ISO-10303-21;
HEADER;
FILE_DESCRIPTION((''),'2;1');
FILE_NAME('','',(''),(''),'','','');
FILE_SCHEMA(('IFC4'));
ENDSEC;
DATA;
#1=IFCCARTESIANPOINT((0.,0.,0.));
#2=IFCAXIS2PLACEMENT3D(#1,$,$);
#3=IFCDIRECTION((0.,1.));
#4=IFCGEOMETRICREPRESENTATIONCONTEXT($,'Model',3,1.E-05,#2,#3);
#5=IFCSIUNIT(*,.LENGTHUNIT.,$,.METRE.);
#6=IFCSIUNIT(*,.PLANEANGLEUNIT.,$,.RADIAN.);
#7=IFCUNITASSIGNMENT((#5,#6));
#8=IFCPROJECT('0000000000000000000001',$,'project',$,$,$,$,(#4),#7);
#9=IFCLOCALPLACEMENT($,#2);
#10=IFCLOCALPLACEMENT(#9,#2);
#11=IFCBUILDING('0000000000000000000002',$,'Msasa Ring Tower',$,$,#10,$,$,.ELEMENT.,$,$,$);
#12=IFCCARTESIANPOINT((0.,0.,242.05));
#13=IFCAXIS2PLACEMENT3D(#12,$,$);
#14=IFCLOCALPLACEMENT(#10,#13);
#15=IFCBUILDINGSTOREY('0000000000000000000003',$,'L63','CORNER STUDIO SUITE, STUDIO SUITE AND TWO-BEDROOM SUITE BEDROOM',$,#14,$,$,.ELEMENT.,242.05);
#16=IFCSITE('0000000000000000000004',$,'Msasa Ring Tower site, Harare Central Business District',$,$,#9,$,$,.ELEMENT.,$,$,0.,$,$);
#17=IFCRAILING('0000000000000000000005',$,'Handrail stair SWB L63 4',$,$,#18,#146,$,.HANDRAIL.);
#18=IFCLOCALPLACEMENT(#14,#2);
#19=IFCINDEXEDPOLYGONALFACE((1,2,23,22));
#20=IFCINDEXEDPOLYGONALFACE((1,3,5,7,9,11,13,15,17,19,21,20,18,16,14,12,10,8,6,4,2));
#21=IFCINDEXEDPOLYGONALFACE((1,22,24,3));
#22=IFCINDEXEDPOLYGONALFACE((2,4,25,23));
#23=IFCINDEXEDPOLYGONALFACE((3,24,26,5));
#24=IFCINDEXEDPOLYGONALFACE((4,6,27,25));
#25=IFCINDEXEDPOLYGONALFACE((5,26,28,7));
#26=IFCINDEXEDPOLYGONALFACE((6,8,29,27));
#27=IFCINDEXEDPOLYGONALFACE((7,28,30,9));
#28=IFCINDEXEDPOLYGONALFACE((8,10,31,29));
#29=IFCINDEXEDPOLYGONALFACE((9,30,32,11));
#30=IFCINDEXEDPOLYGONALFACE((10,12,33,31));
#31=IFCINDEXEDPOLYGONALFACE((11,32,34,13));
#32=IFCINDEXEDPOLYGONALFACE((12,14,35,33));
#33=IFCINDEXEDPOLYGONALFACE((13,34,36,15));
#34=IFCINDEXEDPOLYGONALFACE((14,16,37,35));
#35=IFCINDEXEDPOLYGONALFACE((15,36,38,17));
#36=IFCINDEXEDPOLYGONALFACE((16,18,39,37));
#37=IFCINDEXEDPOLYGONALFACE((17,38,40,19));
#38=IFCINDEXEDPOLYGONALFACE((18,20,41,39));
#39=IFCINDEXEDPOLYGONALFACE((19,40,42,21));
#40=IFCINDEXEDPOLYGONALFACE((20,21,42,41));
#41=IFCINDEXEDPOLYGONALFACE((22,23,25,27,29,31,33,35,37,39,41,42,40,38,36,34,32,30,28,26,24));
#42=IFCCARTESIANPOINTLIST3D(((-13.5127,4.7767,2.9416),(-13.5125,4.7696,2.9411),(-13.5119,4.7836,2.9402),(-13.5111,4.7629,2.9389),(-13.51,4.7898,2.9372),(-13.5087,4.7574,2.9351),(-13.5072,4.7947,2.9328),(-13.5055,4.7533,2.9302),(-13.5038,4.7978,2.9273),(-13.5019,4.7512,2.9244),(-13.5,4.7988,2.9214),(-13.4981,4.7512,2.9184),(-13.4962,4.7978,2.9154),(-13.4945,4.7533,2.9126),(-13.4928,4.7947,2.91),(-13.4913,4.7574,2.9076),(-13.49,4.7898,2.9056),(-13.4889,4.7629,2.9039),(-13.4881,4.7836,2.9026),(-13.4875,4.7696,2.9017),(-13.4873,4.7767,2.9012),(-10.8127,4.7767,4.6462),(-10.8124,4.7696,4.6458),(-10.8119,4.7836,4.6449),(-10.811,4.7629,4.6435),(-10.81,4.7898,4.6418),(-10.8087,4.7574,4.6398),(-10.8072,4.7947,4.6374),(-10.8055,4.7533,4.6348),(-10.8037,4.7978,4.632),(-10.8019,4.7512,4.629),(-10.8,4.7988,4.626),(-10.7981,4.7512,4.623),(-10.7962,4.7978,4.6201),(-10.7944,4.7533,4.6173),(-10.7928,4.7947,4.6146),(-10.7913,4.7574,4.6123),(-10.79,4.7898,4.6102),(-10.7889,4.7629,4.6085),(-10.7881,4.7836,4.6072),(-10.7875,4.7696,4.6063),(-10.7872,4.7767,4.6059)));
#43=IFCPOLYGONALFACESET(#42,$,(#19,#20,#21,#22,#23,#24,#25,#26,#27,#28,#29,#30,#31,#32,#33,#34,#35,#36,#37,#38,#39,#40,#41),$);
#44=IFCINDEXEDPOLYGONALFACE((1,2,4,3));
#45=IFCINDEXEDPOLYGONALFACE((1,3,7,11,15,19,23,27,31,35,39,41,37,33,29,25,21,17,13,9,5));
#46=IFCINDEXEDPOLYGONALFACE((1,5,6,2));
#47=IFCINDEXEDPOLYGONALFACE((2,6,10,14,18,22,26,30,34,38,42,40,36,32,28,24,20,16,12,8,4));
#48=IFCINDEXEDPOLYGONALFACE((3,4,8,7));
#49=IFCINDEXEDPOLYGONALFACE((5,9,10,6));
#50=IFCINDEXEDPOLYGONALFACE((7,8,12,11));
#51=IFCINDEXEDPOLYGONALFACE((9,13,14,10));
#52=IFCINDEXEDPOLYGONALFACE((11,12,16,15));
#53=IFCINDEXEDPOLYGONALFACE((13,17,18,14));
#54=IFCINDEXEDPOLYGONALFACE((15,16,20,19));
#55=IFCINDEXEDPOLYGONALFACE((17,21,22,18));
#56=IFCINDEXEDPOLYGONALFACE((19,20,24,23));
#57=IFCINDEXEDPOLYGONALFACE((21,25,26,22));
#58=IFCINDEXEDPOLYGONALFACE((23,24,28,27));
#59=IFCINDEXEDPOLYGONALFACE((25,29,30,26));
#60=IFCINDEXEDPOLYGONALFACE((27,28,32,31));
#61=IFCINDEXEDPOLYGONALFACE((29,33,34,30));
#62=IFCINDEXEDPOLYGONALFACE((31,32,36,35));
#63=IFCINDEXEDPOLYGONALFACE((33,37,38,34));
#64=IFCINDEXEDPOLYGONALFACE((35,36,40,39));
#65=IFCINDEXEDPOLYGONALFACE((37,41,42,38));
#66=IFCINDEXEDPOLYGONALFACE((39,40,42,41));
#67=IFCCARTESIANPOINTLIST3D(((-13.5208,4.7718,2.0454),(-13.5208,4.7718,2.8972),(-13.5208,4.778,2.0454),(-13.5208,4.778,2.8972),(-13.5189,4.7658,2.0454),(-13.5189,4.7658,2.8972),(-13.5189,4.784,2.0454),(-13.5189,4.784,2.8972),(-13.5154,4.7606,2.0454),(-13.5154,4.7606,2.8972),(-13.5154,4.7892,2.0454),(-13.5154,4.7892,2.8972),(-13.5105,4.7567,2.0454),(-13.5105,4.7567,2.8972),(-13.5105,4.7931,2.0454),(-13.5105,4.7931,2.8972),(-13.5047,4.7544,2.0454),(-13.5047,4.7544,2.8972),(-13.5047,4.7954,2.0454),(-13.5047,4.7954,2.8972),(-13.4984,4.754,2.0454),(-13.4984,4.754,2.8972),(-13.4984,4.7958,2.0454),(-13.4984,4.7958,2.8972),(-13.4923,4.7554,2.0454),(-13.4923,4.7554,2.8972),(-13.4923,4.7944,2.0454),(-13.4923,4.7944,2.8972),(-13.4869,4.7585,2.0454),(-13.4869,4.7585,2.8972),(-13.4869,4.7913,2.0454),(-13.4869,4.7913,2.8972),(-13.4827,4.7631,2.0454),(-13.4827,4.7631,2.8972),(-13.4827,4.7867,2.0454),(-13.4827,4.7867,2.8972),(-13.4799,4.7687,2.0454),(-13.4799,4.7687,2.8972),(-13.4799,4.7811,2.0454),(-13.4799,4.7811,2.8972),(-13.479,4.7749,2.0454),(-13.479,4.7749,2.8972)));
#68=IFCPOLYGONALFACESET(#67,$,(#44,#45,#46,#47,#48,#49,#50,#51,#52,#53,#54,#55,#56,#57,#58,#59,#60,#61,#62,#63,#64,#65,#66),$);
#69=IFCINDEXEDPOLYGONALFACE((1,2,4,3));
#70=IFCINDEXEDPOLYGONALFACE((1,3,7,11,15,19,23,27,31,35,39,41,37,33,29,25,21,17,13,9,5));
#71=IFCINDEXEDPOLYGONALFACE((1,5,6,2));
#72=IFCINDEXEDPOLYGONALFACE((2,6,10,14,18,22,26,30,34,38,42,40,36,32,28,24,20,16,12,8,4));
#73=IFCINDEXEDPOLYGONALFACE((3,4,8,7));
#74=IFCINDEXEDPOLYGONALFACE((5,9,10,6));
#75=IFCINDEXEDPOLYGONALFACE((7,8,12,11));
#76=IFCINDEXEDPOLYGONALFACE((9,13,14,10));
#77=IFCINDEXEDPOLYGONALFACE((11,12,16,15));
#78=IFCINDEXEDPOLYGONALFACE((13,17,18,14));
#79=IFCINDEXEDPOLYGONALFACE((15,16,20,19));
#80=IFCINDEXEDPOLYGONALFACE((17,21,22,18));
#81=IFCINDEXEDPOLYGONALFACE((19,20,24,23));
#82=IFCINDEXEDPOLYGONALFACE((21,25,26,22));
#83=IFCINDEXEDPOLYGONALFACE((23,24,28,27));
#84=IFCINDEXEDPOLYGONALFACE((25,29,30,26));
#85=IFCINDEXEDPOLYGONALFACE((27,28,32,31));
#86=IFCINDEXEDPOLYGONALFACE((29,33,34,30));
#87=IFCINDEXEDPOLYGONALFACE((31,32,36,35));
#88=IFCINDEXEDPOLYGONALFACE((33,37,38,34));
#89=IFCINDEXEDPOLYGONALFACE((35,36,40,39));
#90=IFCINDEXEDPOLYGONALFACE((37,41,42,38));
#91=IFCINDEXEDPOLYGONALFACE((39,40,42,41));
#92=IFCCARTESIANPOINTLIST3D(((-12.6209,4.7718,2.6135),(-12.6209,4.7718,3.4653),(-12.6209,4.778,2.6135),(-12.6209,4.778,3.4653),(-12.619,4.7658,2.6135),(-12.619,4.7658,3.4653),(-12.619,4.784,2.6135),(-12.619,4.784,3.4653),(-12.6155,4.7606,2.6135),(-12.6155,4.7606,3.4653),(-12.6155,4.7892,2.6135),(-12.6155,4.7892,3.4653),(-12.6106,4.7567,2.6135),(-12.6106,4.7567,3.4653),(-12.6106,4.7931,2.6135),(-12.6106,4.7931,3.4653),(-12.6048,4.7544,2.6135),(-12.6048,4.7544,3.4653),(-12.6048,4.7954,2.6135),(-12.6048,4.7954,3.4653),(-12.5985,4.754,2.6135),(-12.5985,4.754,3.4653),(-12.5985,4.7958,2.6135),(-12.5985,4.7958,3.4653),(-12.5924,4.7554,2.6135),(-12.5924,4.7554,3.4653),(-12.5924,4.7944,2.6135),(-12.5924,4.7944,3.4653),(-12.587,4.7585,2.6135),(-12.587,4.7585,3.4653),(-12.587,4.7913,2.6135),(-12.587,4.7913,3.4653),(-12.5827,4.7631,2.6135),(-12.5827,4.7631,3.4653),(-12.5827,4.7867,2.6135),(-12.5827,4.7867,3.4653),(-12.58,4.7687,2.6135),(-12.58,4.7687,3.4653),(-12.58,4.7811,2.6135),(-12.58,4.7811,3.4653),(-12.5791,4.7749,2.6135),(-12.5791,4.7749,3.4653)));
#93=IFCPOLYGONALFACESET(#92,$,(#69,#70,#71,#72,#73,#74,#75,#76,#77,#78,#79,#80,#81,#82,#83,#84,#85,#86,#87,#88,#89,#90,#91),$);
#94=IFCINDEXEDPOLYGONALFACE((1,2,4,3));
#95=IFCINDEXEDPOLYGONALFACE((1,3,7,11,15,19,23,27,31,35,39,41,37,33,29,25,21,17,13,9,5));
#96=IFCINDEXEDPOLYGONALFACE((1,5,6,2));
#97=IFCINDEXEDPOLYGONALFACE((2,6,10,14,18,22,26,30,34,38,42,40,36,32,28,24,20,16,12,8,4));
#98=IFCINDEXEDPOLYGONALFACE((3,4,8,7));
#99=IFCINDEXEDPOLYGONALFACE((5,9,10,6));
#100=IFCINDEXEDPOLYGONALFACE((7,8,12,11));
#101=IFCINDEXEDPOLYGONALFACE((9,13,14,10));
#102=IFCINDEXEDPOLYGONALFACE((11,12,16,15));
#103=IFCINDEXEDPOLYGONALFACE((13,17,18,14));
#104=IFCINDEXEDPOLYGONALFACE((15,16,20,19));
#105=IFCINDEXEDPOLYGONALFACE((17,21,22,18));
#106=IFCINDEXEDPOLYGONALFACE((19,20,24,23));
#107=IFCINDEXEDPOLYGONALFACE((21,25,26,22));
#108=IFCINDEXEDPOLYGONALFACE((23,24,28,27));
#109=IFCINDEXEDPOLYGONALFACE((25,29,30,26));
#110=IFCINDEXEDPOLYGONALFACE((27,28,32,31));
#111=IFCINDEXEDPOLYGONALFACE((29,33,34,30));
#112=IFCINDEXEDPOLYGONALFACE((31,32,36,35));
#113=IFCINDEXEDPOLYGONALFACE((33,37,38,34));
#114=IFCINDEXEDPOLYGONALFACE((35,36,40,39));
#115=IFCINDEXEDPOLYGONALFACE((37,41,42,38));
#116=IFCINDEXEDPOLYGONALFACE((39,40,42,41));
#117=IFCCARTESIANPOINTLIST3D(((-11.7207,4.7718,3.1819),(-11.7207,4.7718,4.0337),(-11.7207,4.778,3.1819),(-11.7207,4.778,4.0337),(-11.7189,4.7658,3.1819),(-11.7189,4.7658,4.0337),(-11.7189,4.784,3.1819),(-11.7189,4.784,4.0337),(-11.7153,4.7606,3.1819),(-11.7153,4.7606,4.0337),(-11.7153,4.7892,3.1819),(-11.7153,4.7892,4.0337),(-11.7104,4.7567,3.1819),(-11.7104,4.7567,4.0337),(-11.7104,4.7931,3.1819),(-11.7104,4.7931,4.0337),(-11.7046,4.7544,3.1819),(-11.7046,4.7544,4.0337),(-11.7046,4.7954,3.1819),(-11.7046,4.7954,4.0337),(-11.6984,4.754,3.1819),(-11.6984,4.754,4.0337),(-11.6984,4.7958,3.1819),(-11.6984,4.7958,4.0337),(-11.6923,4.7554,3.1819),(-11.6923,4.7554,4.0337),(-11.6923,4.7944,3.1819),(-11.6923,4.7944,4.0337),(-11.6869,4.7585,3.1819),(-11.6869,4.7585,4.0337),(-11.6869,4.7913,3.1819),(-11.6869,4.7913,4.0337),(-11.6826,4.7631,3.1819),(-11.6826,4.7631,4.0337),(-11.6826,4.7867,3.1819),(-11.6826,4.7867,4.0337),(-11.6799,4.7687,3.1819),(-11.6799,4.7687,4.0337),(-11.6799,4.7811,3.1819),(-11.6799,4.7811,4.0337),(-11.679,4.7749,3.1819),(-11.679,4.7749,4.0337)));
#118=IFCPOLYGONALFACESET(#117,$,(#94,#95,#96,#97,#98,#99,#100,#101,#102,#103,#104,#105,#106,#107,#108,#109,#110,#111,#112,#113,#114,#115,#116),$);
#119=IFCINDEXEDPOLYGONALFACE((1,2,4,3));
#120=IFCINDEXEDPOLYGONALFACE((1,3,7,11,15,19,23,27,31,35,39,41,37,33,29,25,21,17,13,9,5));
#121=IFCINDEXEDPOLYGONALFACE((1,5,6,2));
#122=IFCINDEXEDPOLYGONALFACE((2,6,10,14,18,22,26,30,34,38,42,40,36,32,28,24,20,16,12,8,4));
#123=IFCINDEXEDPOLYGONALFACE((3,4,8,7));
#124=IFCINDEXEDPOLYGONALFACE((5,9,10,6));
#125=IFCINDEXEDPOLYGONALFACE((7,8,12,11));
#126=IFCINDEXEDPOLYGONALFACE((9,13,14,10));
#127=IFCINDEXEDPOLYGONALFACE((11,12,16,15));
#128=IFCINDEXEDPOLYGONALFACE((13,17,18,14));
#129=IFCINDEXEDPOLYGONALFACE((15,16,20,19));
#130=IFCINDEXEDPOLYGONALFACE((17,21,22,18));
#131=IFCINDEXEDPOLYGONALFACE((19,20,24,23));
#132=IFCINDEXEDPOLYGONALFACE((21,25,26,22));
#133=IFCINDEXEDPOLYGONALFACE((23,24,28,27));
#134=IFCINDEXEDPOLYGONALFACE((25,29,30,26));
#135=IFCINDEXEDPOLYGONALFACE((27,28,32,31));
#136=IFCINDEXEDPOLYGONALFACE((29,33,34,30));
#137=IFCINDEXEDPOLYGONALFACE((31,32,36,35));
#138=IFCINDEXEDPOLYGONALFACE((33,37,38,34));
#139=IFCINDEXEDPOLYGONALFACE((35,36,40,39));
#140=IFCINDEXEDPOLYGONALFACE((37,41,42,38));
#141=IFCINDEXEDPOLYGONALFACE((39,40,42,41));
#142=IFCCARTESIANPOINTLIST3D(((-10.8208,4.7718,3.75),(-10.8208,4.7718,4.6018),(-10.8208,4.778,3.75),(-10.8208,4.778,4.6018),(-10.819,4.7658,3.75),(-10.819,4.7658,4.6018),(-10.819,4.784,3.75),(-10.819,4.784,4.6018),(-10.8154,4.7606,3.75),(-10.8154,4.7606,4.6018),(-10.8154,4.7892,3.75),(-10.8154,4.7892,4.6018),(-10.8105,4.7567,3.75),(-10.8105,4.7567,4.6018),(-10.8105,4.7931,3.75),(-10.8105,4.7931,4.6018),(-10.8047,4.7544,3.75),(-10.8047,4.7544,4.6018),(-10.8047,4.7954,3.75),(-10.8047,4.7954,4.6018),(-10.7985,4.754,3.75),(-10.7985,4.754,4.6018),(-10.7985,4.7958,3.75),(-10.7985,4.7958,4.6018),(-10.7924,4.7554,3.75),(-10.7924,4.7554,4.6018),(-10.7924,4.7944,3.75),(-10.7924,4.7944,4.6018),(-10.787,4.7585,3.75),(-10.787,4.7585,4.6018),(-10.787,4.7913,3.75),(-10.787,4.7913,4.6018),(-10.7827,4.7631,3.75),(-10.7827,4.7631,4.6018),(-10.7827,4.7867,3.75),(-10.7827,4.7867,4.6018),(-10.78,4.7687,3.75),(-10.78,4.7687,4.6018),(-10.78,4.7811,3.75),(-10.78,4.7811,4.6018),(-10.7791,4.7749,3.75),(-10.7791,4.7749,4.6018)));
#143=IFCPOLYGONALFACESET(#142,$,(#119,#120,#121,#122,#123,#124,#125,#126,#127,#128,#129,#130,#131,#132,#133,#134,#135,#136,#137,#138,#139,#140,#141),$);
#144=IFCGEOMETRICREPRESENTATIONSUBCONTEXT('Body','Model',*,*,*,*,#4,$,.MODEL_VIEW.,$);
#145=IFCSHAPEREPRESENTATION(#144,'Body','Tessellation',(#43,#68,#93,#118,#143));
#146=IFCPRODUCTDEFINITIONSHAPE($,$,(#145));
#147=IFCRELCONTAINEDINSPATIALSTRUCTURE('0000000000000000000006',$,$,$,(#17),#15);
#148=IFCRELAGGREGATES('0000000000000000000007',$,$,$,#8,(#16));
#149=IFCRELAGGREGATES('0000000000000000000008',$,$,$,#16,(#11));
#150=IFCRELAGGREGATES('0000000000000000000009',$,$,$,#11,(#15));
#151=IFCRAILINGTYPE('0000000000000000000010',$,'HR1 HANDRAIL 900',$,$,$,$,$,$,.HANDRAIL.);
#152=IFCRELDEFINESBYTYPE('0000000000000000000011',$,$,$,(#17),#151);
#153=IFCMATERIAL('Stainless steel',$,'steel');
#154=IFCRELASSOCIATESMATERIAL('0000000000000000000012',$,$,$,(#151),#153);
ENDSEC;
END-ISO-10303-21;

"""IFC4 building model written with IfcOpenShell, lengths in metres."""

from ifc_helpers import new_model, si_unit, direction, frame, origin, origin_2d, place, context, subcontext, project, spatial, circle, extrude, material, type_object, element, save


model = new_model("IFC4")

# Units and contexts
model_context = context("Model", 3, precision=1e-05, world=origin(), true_north=direction((0.0, 1.0)))
body_context = subcontext(model_context, "Body", "Model", "MODEL_VIEW")
ifc_project = project(units=[si_unit("LENGTHUNIT", "METRE"), si_unit("PLANEANGLEUNIT", "RADIAN")], contexts=[model_context])

# Site, building, storey
site_placement = place(None, origin())
site = spatial("IfcSite", under=ifc_project, at=site_placement, Name="Msasa Ring Tower site, Harare Central Business District", CompositionType="ELEMENT", RefElevation=0.0)
building_placement = place(site_placement, origin())
building = spatial("IfcBuilding", under=site, at=building_placement, Name="Msasa Ring Tower", CompositionType="ELEMENT")
storey_placement = place(building_placement, frame((0.0, 0.0, 242.05)))
storey = spatial("IfcBuildingStorey", under=building, at=storey_placement, Name="L63", Description="CORNER STUDIO SUITE, STUDIO SUITE AND TWO-BEDROOM SUITE BEDROOM", CompositionType="ELEMENT", Elevation=242.05)

# Railing
ifc_material_1 = material(Name="Stainless steel", Category="steel")
railing_type = type_object("IfcRailingType", Name="HR1 HANDRAIL 900", PredefinedType="HANDRAIL", material=ifc_material_1)
for number, where, name in (
    (1, (-13.5, 4.7749, 2.0454), "Handrail stair SWB L63 4"),
):
    element("IfcRailing", number, at=place(storey_placement, frame(where)), inside=storey, type_object=railing_type, Name=name, PredefinedType="HANDRAIL", context=body_context, shape_type="SweptSolid", body=[
        extrude(circle(Radius=0.0239, at=origin_2d()), frame((0.0, 0.0, 0.876), z_axis=(0.84558, 0.0, 0.533849), x_axis=(0.0, 1.0, 0.0)), (0.0, 0.0, 1.0), 3.1931),
        extrude(circle(Radius=0.021, at=origin_2d()), origin(), (0.0, 0.0, 1.0), 0.8518),
        extrude(circle(Radius=0.021, at=origin_2d()), frame((0.8999, 0.0, 0.5681)), (0.0, 0.0, 1.0), 0.8518),
        extrude(circle(Radius=0.021, at=origin_2d()), frame((1.8, 0.0, 1.1365)), (0.0, 0.0, 1.0), 0.8518),
        extrude(circle(Radius=0.021, at=origin_2d()), frame((2.7, 0.0, 1.7046)), (0.0, 0.0, 1.0), 0.8518),
    ])

save(model, "model.ifc")
